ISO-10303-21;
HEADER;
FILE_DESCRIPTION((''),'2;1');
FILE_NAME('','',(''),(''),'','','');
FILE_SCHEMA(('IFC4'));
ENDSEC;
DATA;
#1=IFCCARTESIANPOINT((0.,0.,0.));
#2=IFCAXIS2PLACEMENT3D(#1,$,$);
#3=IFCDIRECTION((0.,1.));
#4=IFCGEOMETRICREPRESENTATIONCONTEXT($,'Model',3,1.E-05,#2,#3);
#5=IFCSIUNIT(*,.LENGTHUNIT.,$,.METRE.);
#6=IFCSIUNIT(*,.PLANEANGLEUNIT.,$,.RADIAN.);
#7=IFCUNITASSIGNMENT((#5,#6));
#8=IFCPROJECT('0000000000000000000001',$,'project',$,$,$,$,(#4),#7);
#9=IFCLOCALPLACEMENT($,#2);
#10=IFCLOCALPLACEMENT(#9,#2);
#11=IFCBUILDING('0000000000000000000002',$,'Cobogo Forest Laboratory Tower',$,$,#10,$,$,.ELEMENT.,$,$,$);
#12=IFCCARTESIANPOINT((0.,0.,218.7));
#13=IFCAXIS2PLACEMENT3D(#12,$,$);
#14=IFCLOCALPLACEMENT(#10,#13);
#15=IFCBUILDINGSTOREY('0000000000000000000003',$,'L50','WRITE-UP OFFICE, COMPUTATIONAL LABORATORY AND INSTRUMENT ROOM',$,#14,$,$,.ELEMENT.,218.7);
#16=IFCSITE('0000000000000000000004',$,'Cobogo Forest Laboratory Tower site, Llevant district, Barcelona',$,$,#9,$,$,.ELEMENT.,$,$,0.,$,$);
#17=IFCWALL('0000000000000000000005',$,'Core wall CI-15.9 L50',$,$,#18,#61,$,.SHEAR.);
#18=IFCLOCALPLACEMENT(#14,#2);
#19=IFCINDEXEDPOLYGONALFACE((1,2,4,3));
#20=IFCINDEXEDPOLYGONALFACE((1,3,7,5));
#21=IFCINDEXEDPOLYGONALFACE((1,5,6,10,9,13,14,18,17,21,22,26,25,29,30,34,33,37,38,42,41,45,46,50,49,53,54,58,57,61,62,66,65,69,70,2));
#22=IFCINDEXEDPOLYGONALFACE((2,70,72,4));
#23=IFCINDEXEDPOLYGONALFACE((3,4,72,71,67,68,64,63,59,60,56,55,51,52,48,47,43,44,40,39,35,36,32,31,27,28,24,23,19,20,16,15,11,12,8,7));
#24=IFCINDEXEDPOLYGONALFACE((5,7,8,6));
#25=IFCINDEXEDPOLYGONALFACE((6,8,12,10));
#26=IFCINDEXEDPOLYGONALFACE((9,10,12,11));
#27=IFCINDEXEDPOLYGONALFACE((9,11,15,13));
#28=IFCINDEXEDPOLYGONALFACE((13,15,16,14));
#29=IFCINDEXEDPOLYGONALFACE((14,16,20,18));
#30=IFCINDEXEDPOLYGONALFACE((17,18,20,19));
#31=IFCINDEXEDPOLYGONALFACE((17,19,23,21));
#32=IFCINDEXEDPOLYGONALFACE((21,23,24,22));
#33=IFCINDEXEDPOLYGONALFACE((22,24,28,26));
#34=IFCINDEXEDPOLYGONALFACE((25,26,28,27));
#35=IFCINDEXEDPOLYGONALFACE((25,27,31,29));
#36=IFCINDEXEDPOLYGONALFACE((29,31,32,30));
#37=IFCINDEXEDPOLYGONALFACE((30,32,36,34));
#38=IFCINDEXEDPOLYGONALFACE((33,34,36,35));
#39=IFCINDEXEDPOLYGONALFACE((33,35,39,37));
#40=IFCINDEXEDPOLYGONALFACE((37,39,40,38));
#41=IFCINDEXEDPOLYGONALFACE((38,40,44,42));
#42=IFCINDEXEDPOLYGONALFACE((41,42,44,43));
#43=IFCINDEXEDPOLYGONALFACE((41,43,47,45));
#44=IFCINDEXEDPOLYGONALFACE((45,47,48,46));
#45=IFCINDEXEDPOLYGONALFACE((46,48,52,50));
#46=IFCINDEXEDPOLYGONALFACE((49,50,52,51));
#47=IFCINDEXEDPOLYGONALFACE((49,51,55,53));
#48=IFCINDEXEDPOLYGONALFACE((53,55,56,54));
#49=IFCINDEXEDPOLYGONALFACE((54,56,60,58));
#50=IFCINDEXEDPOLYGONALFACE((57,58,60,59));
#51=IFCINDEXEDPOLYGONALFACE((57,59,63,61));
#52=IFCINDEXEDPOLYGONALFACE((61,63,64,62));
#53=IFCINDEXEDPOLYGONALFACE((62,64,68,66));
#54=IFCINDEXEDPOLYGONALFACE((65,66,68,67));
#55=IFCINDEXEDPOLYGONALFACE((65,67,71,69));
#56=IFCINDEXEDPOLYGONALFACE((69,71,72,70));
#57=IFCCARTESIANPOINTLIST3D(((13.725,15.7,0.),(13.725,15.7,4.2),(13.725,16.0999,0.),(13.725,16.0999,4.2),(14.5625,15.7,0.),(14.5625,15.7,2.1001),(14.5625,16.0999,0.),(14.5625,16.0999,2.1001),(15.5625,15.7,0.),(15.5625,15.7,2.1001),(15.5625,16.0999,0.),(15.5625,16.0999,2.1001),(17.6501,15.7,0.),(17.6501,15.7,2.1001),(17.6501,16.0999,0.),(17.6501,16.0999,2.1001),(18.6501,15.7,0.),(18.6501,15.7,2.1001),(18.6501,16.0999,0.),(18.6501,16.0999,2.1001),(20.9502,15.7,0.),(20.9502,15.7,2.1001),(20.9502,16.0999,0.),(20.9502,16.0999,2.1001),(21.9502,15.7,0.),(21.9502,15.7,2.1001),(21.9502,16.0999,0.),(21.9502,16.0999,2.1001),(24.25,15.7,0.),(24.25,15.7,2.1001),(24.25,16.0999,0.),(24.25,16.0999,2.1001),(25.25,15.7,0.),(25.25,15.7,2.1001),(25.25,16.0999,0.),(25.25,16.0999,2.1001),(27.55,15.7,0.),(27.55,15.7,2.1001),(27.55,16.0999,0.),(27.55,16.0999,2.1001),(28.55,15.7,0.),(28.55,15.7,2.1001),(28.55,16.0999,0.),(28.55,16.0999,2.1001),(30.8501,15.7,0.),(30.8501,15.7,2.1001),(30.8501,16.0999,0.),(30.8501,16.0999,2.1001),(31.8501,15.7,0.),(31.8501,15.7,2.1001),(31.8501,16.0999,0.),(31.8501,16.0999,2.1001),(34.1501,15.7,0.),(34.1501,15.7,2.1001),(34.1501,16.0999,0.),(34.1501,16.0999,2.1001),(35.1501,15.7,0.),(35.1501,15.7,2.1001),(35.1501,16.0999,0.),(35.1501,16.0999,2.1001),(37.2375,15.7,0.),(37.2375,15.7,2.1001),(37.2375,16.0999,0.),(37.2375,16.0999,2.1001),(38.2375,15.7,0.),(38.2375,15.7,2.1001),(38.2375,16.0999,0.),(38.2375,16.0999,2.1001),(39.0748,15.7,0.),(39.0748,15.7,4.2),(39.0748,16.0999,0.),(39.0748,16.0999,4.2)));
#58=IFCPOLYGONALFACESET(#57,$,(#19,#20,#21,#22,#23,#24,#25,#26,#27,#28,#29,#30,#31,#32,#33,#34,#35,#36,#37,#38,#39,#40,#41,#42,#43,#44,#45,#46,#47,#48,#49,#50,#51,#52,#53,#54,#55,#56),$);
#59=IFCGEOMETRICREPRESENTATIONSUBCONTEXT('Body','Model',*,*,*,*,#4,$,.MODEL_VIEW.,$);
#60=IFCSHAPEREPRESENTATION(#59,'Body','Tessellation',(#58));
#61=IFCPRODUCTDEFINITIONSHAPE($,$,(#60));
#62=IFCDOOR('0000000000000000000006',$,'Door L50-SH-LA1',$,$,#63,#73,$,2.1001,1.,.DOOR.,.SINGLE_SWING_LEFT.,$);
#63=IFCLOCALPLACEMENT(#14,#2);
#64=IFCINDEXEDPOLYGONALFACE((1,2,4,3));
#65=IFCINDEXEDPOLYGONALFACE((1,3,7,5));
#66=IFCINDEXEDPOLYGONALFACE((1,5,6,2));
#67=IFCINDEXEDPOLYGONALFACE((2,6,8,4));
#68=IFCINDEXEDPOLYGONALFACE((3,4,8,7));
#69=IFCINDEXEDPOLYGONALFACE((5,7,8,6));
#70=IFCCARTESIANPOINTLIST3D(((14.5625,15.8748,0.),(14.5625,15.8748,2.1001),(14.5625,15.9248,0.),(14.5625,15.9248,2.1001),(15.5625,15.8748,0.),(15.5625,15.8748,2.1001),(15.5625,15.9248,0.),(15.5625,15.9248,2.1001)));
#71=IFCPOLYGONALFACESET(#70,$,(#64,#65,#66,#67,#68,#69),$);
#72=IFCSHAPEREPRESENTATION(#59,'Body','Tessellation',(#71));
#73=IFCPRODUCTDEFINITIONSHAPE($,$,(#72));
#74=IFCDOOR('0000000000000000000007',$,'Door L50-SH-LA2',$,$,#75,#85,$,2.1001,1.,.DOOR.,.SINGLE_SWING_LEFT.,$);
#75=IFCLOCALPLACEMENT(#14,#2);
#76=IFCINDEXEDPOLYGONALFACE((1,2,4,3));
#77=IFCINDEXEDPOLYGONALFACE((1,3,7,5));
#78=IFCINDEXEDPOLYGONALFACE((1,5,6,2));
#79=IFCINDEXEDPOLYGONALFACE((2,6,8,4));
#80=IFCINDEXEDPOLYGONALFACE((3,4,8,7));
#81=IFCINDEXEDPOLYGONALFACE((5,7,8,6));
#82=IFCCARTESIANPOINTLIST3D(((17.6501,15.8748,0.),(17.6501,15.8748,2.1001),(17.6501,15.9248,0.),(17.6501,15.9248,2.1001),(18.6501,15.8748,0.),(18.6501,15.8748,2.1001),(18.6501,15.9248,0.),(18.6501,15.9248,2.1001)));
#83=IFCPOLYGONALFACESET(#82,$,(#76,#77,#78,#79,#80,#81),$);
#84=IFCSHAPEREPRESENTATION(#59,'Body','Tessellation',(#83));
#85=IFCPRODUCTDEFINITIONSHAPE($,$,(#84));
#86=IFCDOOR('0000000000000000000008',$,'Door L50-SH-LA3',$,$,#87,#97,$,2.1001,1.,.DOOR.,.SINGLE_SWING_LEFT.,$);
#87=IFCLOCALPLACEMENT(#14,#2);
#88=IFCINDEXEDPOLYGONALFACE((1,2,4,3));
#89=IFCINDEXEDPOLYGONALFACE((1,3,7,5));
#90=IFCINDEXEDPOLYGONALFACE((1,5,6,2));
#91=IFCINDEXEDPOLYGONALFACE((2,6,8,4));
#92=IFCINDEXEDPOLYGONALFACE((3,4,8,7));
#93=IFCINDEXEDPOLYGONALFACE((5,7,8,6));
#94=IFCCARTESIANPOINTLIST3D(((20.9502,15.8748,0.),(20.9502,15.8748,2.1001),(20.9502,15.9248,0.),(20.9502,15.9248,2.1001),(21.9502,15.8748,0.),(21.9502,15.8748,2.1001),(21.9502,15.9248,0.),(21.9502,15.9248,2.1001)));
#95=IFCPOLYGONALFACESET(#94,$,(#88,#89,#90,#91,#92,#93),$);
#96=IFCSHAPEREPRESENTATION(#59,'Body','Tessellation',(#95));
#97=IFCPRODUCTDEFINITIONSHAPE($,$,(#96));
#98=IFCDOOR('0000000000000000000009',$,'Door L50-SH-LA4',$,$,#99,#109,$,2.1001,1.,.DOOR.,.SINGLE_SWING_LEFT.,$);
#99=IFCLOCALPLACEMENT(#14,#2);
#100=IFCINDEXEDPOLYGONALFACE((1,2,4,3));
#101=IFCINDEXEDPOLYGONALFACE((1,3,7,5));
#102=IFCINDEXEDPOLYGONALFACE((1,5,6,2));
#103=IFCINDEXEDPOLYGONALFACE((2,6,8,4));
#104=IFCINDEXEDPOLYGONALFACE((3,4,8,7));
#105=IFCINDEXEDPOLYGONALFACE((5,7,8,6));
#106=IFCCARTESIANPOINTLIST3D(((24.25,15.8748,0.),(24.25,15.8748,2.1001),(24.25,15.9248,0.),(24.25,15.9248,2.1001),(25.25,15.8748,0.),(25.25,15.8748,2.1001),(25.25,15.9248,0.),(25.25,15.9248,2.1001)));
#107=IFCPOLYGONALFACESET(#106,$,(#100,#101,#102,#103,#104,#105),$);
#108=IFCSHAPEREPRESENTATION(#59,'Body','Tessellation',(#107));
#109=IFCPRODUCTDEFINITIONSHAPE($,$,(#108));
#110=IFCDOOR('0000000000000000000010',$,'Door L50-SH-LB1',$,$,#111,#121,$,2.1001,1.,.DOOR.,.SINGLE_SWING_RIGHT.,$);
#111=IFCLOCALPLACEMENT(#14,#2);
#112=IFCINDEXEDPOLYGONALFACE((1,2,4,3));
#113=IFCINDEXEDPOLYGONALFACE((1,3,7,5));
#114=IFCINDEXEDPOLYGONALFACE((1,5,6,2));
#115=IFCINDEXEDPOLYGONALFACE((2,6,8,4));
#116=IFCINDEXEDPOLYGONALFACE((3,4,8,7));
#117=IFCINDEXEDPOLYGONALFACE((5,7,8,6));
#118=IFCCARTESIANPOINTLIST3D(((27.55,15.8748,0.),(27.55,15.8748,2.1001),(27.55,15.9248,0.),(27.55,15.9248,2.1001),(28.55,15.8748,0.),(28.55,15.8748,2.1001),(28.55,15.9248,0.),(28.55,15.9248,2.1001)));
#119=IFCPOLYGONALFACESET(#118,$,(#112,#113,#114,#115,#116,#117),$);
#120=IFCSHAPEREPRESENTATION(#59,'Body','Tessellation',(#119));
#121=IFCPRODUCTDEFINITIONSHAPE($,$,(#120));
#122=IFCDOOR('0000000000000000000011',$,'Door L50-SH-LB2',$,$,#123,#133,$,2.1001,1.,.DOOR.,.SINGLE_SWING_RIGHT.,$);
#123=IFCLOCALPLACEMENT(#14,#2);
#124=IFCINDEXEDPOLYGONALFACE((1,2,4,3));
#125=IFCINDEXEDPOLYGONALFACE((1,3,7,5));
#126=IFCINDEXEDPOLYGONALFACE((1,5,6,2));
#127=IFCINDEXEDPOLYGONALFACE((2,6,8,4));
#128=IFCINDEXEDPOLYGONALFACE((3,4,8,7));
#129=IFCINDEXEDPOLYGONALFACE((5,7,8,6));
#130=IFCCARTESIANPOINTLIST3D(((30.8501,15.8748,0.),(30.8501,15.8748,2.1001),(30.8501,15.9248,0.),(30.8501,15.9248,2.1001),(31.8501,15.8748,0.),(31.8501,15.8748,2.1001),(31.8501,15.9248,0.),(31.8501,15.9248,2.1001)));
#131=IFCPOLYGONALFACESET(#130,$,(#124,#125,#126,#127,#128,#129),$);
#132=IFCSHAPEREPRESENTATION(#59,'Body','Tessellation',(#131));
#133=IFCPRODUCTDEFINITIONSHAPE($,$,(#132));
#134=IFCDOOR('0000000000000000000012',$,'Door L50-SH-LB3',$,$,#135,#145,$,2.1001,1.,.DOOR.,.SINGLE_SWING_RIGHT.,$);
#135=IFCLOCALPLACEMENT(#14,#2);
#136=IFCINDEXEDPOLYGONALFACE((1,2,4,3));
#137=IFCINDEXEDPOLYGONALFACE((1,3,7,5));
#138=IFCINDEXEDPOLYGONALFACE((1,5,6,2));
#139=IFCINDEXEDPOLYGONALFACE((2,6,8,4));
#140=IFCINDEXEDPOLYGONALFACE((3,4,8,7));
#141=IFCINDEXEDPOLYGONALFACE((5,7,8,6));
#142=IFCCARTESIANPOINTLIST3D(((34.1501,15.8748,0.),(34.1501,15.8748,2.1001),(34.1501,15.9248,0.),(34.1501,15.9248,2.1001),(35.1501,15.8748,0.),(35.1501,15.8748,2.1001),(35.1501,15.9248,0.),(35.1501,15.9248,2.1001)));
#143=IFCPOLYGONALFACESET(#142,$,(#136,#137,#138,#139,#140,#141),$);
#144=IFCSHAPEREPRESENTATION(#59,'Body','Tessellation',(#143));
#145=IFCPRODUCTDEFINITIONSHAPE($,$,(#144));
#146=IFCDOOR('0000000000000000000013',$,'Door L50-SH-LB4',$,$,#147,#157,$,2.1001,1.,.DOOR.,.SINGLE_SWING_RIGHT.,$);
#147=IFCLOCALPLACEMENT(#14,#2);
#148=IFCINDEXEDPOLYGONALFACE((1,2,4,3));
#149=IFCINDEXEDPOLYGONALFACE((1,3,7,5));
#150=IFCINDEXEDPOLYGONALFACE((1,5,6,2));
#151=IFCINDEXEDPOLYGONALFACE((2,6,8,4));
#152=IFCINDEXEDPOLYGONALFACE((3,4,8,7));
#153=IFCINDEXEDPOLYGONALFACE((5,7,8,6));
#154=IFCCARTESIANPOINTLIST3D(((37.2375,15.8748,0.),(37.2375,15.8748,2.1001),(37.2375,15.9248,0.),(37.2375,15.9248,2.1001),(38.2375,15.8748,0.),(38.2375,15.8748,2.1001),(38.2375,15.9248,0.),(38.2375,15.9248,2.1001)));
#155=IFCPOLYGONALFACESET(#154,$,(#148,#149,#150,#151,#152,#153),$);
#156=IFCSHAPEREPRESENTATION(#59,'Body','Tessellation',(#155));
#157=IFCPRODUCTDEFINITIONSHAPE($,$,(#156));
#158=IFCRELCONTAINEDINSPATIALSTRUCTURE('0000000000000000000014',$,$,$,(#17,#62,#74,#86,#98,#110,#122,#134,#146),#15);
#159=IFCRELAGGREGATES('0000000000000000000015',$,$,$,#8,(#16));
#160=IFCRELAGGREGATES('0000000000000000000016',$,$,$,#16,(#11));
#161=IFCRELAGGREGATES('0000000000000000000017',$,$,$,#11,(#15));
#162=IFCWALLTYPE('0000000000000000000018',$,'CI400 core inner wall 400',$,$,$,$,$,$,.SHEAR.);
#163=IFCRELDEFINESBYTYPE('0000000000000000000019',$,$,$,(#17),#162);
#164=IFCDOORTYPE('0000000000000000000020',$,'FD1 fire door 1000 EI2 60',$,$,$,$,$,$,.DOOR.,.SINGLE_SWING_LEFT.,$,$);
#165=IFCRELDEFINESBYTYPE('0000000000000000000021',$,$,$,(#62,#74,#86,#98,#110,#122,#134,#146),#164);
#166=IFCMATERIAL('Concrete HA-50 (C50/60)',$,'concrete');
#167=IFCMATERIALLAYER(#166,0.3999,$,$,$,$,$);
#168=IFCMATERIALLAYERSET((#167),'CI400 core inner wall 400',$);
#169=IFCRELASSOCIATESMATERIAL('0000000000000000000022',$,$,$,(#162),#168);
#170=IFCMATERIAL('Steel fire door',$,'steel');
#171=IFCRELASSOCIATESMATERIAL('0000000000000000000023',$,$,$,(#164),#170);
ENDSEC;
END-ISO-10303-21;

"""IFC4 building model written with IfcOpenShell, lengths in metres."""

from ifc_helpers import new_model, si_unit, direction, frame, frame_2d, origin, place, context, subcontext, project, spatial, rectangle, extrude, material, layer, layer_set, type_object, element, fill, save


model = new_model("IFC4")

# Units and contexts
model_context = context("Model", 3, precision=1e-05, world=origin(), true_north=direction((0.0, 1.0)))
body_context = subcontext(model_context, "Body", "Model", "MODEL_VIEW")
ifc_project = project(units=[si_unit("LENGTHUNIT", "METRE"), si_unit("PLANEANGLEUNIT", "RADIAN")], contexts=[model_context])

# Site, building, storey
site_placement = place(None, origin())
site = spatial("IfcSite", under=ifc_project, at=site_placement, Name="Cobogo Forest Laboratory Tower site, Llevant district, Barcelona", CompositionType="ELEMENT", RefElevation=0.0)
building_placement = place(site_placement, origin())
building = spatial("IfcBuilding", under=site, at=building_placement, Name="Cobogo Forest Laboratory Tower", CompositionType="ELEMENT")
storey_placement = place(building_placement, frame((0.0, 0.0, 218.7)))
storey = spatial("IfcBuildingStorey", under=building, at=storey_placement, Name="L50", Description="WRITE-UP OFFICE, COMPUTATIONAL LABORATORY AND INSTRUMENT ROOM", CompositionType="ELEMENT", Elevation=218.7)

# Shared definitions
ifc_material_1 = material(Name="Concrete HA-50 (C50/60)", Category="concrete")

# Wall, openings, doors
ifc_layer = layer(ifc_material_1, 0.3999)
ifc_layer_set = layer_set([ifc_layer], Name="CI400 core inner wall 400")
wall_type = type_object("IfcWallType", Name="CI400 core inner wall 400", PredefinedType="SHEAR", material=ifc_layer_set)
wall_1_placement = place(storey_placement, frame((13.7251, 15.8999, 0.0), z_axis=(0.0, 0.0, 1.0), x_axis=(1.0, 0.0, 0.0)))
wall_1 = element("IfcWall", 1, at=wall_1_placement, inside=storey, type_object=wall_type, Name="Core wall CI-15.9 L50", PredefinedType="SHEAR", context=body_context, shape_type="SweptSolid", body=[
    extrude(rectangle(XDim=25.3499, YDim=0.3999, at=frame_2d((12.6748, 0.0))), origin(), (0.0, 0.0, 1.0), 4.2),
])
opening_1_placement = place(wall_1_placement, frame((0.8374, 0.0, 0.0)))
opening_1 = element("IfcOpeningElement", 2, at=opening_1_placement, cuts=wall_1, PredefinedType="OPENING", context=body_context, shape_type="SweptSolid", body=[
    extrude(rectangle(XDim=1.0, YDim=2.1001, at=frame_2d((0.5, 1.05))), frame((0.0, 0.21, 0.0), z_axis=(0.0, -1.0, 0.0), x_axis=(1.0, 0.0, 0.0)), (0.0, 0.0, 1.0), 0.4199),
])
opening_2_placement = place(wall_1_placement, frame((3.925, 0.0, 0.0)))
opening_2 = element("IfcOpeningElement", 3, at=opening_2_placement, cuts=wall_1, PredefinedType="OPENING", context=body_context, shape_type="SweptSolid", body=[
    extrude(rectangle(XDim=1.0, YDim=2.1001, at=frame_2d((0.5, 1.05))), frame((0.0, 0.21, 0.0), z_axis=(0.0, -1.0, 0.0), x_axis=(1.0, 0.0, 0.0)), (0.0, 0.0, 1.0), 0.4199),
])
opening_3_placement = place(wall_1_placement, frame((7.2251, 0.0, 0.0)))
opening_3 = element("IfcOpeningElement", 4, at=opening_3_placement, cuts=wall_1, PredefinedType="OPENING", context=body_context, shape_type="SweptSolid", body=[
    extrude(rectangle(XDim=1.0, YDim=2.1001, at=frame_2d((0.5, 1.05))), frame((0.0, 0.21, 0.0), z_axis=(0.0, -1.0, 0.0), x_axis=(1.0, 0.0, 0.0)), (0.0, 0.0, 1.0), 0.4199),
])
opening_4_placement = place(wall_1_placement, frame((10.5249, 0.0, 0.0)))
opening_4 = element("IfcOpeningElement", 5, at=opening_4_placement, cuts=wall_1, PredefinedType="OPENING", context=body_context, shape_type="SweptSolid", body=[
    extrude(rectangle(XDim=1.0, YDim=2.1001, at=frame_2d((0.5, 1.05))), frame((0.0, 0.21, 0.0), z_axis=(0.0, -1.0, 0.0), x_axis=(1.0, 0.0, 0.0)), (0.0, 0.0, 1.0), 0.4199),
])
opening_5_placement = place(wall_1_placement, frame((13.825, 0.0, 0.0)))
opening_5 = element("IfcOpeningElement", 6, at=opening_5_placement, cuts=wall_1, PredefinedType="OPENING", context=body_context, shape_type="SweptSolid", body=[
    extrude(rectangle(XDim=1.0, YDim=2.1001, at=frame_2d((0.5, 1.05))), frame((0.0, 0.21, 0.0), z_axis=(0.0, -1.0, 0.0), x_axis=(1.0, 0.0, 0.0)), (0.0, 0.0, 1.0), 0.4199),
])
opening_6_placement = place(wall_1_placement, frame((17.125, 0.0, 0.0)))
opening_6 = element("IfcOpeningElement", 7, at=opening_6_placement, cuts=wall_1, PredefinedType="OPENING", context=body_context, shape_type="SweptSolid", body=[
    extrude(rectangle(XDim=1.0, YDim=2.1001, at=frame_2d((0.5, 1.05))), frame((0.0, 0.21, 0.0), z_axis=(0.0, -1.0, 0.0), x_axis=(1.0, 0.0, 0.0)), (0.0, 0.0, 1.0), 0.4199),
])
opening_7_placement = place(wall_1_placement, frame((20.425, 0.0, 0.0)))
opening_7 = element("IfcOpeningElement", 8, at=opening_7_placement, cuts=wall_1, PredefinedType="OPENING", context=body_context, shape_type="SweptSolid", body=[
    extrude(rectangle(XDim=1.0, YDim=2.1001, at=frame_2d((0.5, 1.05))), frame((0.0, 0.21, 0.0), z_axis=(0.0, -1.0, 0.0), x_axis=(1.0, 0.0, 0.0)), (0.0, 0.0, 1.0), 0.4199),
])
opening_8_placement = place(wall_1_placement, frame((23.5125, 0.0, 0.0)))
opening_8 = element("IfcOpeningElement", 9, at=opening_8_placement, cuts=wall_1, PredefinedType="OPENING", context=body_context, shape_type="SweptSolid", body=[
    extrude(rectangle(XDim=1.0, YDim=2.1001, at=frame_2d((0.5, 1.05))), frame((0.0, 0.21, 0.0), z_axis=(0.0, -1.0, 0.0), x_axis=(1.0, 0.0, 0.0)), (0.0, 0.0, 1.0), 0.4199),
])
ifc_material_2 = material(Name="Steel fire door", Category="steel")
door_type_1 = type_object("IfcDoorType", Name="FD1 fire door 1000 EI2 60", OperationType="SINGLE_SWING_LEFT", PredefinedType="DOOR", material=ifc_material_2)
door_1_placement = place(opening_1_placement, origin())
door_1 = element("IfcDoor", 10, at=door_1_placement, inside=storey, type_object=door_type_1, Name="Door L50-SH-LA1", OperationType="SINGLE_SWING_LEFT", OverallHeight=2.1001, OverallWidth=1.0, PredefinedType="DOOR", context=body_context, shape_type="SweptSolid", body=[
    extrude(rectangle(XDim=1.0, YDim=2.1001, at=frame_2d((0.5, 1.05))), frame((0.0, 0.0249, 0.0), z_axis=(0.0, -1.0, 0.0), x_axis=(1.0, 0.0, 0.0)), (0.0, 0.0, 1.0), 0.05),
])
fill(opening_1, door_1)
door_2_placement = place(opening_2_placement, origin())
door_2 = element("IfcDoor", 11, at=door_2_placement, inside=storey, type_object=door_type_1, Name="Door L50-SH-LA2", OperationType="SINGLE_SWING_LEFT", OverallHeight=2.1001, OverallWidth=1.0, PredefinedType="DOOR", context=body_context, shape_type="SweptSolid", body=[
    extrude(rectangle(XDim=1.0, YDim=2.1001, at=frame_2d((0.5, 1.05))), frame((0.0, 0.0249, 0.0), z_axis=(0.0, -1.0, 0.0), x_axis=(1.0, 0.0, 0.0)), (0.0, 0.0, 1.0), 0.05),
])
fill(opening_2, door_2)
door_3_placement = place(opening_3_placement, origin())
door_3 = element("IfcDoor", 12, at=door_3_placement, inside=storey, type_object=door_type_1, Name="Door L50-SH-LA3", OperationType="SINGLE_SWING_LEFT", OverallHeight=2.1001, OverallWidth=1.0, PredefinedType="DOOR", context=body_context, shape_type="SweptSolid", body=[
    extrude(rectangle(XDim=1.0, YDim=2.1001, at=frame_2d((0.5, 1.05))), frame((0.0, 0.0249, 0.0), z_axis=(0.0, -1.0, 0.0), x_axis=(1.0, 0.0, 0.0)), (0.0, 0.0, 1.0), 0.05),
])
fill(opening_3, door_3)
door_4_placement = place(opening_4_placement, origin())
door_4 = element("IfcDoor", 13, at=door_4_placement, inside=storey, type_object=door_type_1, Name="Door L50-SH-LA4", OperationType="SINGLE_SWING_LEFT", OverallHeight=2.1001, OverallWidth=1.0, PredefinedType="DOOR", context=body_context, shape_type="SweptSolid", body=[
    extrude(rectangle(XDim=1.0, YDim=2.1001, at=frame_2d((0.5, 1.05))), frame((0.0, 0.0249, 0.0), z_axis=(0.0, -1.0, 0.0), x_axis=(1.0, 0.0, 0.0)), (0.0, 0.0, 1.0), 0.05),
])
fill(opening_4, door_4)
door_5_placement = place(opening_5_placement, origin())
door_5 = element("IfcDoor", 14, at=door_5_placement, inside=storey, type_object=door_type_1, Name="Door L50-SH-LB1", OperationType="SINGLE_SWING_RIGHT", OverallHeight=2.1001, OverallWidth=1.0, PredefinedType="DOOR", context=body_context, shape_type="SweptSolid", body=[
    extrude(rectangle(XDim=1.0, YDim=2.1001, at=frame_2d((0.5, 1.05))), frame((0.0, 0.0249, 0.0), z_axis=(0.0, -1.0, 0.0), x_axis=(1.0, 0.0, 0.0)), (0.0, 0.0, 1.0), 0.05),
])
fill(opening_5, door_5)
door_6_placement = place(opening_6_placement, origin())
door_6 = element("IfcDoor", 15, at=door_6_placement, inside=storey, type_object=door_type_1, Name="Door L50-SH-LB2", OperationType="SINGLE_SWING_RIGHT", OverallHeight=2.1001, OverallWidth=1.0, PredefinedType="DOOR", context=body_context, shape_type="SweptSolid", body=[
    extrude(rectangle(XDim=1.0, YDim=2.1001, at=frame_2d((0.5, 1.05))), frame((0.0, 0.0249, 0.0), z_axis=(0.0, -1.0, 0.0), x_axis=(1.0, 0.0, 0.0)), (0.0, 0.0, 1.0), 0.05),
])
fill(opening_6, door_6)
door_7_placement = place(opening_7_placement, origin())
door_7 = element("IfcDoor", 16, at=door_7_placement, inside=storey, type_object=door_type_1, Name="Door L50-SH-LB3", OperationType="SINGLE_SWING_RIGHT", OverallHeight=2.1001, OverallWidth=1.0, PredefinedType="DOOR", context=body_context, shape_type="SweptSolid", body=[
    extrude(rectangle(XDim=1.0, YDim=2.1001, at=frame_2d((0.5, 1.05))), frame((0.0, 0.0249, 0.0), z_axis=(0.0, -1.0, 0.0), x_axis=(1.0, 0.0, 0.0)), (0.0, 0.0, 1.0), 0.05),
])
fill(opening_7, door_7)
door_8_placement = place(opening_8_placement, origin())
door_8 = element("IfcDoor", 17, at=door_8_placement, inside=storey, type_object=door_type_1, Name="Door L50-SH-LB4", OperationType="SINGLE_SWING_RIGHT", OverallHeight=2.1001, OverallWidth=1.0, PredefinedType="DOOR", context=body_context, shape_type="SweptSolid", body=[
    extrude(rectangle(XDim=1.0, YDim=2.1001, at=frame_2d((0.5, 1.05))), frame((0.0, 0.0249, 0.0), z_axis=(0.0, -1.0, 0.0), x_axis=(1.0, 0.0, 0.0)), (0.0, 0.0, 1.0), 0.05),
])
fill(opening_8, door_8)

save(model, "model.ifc")
